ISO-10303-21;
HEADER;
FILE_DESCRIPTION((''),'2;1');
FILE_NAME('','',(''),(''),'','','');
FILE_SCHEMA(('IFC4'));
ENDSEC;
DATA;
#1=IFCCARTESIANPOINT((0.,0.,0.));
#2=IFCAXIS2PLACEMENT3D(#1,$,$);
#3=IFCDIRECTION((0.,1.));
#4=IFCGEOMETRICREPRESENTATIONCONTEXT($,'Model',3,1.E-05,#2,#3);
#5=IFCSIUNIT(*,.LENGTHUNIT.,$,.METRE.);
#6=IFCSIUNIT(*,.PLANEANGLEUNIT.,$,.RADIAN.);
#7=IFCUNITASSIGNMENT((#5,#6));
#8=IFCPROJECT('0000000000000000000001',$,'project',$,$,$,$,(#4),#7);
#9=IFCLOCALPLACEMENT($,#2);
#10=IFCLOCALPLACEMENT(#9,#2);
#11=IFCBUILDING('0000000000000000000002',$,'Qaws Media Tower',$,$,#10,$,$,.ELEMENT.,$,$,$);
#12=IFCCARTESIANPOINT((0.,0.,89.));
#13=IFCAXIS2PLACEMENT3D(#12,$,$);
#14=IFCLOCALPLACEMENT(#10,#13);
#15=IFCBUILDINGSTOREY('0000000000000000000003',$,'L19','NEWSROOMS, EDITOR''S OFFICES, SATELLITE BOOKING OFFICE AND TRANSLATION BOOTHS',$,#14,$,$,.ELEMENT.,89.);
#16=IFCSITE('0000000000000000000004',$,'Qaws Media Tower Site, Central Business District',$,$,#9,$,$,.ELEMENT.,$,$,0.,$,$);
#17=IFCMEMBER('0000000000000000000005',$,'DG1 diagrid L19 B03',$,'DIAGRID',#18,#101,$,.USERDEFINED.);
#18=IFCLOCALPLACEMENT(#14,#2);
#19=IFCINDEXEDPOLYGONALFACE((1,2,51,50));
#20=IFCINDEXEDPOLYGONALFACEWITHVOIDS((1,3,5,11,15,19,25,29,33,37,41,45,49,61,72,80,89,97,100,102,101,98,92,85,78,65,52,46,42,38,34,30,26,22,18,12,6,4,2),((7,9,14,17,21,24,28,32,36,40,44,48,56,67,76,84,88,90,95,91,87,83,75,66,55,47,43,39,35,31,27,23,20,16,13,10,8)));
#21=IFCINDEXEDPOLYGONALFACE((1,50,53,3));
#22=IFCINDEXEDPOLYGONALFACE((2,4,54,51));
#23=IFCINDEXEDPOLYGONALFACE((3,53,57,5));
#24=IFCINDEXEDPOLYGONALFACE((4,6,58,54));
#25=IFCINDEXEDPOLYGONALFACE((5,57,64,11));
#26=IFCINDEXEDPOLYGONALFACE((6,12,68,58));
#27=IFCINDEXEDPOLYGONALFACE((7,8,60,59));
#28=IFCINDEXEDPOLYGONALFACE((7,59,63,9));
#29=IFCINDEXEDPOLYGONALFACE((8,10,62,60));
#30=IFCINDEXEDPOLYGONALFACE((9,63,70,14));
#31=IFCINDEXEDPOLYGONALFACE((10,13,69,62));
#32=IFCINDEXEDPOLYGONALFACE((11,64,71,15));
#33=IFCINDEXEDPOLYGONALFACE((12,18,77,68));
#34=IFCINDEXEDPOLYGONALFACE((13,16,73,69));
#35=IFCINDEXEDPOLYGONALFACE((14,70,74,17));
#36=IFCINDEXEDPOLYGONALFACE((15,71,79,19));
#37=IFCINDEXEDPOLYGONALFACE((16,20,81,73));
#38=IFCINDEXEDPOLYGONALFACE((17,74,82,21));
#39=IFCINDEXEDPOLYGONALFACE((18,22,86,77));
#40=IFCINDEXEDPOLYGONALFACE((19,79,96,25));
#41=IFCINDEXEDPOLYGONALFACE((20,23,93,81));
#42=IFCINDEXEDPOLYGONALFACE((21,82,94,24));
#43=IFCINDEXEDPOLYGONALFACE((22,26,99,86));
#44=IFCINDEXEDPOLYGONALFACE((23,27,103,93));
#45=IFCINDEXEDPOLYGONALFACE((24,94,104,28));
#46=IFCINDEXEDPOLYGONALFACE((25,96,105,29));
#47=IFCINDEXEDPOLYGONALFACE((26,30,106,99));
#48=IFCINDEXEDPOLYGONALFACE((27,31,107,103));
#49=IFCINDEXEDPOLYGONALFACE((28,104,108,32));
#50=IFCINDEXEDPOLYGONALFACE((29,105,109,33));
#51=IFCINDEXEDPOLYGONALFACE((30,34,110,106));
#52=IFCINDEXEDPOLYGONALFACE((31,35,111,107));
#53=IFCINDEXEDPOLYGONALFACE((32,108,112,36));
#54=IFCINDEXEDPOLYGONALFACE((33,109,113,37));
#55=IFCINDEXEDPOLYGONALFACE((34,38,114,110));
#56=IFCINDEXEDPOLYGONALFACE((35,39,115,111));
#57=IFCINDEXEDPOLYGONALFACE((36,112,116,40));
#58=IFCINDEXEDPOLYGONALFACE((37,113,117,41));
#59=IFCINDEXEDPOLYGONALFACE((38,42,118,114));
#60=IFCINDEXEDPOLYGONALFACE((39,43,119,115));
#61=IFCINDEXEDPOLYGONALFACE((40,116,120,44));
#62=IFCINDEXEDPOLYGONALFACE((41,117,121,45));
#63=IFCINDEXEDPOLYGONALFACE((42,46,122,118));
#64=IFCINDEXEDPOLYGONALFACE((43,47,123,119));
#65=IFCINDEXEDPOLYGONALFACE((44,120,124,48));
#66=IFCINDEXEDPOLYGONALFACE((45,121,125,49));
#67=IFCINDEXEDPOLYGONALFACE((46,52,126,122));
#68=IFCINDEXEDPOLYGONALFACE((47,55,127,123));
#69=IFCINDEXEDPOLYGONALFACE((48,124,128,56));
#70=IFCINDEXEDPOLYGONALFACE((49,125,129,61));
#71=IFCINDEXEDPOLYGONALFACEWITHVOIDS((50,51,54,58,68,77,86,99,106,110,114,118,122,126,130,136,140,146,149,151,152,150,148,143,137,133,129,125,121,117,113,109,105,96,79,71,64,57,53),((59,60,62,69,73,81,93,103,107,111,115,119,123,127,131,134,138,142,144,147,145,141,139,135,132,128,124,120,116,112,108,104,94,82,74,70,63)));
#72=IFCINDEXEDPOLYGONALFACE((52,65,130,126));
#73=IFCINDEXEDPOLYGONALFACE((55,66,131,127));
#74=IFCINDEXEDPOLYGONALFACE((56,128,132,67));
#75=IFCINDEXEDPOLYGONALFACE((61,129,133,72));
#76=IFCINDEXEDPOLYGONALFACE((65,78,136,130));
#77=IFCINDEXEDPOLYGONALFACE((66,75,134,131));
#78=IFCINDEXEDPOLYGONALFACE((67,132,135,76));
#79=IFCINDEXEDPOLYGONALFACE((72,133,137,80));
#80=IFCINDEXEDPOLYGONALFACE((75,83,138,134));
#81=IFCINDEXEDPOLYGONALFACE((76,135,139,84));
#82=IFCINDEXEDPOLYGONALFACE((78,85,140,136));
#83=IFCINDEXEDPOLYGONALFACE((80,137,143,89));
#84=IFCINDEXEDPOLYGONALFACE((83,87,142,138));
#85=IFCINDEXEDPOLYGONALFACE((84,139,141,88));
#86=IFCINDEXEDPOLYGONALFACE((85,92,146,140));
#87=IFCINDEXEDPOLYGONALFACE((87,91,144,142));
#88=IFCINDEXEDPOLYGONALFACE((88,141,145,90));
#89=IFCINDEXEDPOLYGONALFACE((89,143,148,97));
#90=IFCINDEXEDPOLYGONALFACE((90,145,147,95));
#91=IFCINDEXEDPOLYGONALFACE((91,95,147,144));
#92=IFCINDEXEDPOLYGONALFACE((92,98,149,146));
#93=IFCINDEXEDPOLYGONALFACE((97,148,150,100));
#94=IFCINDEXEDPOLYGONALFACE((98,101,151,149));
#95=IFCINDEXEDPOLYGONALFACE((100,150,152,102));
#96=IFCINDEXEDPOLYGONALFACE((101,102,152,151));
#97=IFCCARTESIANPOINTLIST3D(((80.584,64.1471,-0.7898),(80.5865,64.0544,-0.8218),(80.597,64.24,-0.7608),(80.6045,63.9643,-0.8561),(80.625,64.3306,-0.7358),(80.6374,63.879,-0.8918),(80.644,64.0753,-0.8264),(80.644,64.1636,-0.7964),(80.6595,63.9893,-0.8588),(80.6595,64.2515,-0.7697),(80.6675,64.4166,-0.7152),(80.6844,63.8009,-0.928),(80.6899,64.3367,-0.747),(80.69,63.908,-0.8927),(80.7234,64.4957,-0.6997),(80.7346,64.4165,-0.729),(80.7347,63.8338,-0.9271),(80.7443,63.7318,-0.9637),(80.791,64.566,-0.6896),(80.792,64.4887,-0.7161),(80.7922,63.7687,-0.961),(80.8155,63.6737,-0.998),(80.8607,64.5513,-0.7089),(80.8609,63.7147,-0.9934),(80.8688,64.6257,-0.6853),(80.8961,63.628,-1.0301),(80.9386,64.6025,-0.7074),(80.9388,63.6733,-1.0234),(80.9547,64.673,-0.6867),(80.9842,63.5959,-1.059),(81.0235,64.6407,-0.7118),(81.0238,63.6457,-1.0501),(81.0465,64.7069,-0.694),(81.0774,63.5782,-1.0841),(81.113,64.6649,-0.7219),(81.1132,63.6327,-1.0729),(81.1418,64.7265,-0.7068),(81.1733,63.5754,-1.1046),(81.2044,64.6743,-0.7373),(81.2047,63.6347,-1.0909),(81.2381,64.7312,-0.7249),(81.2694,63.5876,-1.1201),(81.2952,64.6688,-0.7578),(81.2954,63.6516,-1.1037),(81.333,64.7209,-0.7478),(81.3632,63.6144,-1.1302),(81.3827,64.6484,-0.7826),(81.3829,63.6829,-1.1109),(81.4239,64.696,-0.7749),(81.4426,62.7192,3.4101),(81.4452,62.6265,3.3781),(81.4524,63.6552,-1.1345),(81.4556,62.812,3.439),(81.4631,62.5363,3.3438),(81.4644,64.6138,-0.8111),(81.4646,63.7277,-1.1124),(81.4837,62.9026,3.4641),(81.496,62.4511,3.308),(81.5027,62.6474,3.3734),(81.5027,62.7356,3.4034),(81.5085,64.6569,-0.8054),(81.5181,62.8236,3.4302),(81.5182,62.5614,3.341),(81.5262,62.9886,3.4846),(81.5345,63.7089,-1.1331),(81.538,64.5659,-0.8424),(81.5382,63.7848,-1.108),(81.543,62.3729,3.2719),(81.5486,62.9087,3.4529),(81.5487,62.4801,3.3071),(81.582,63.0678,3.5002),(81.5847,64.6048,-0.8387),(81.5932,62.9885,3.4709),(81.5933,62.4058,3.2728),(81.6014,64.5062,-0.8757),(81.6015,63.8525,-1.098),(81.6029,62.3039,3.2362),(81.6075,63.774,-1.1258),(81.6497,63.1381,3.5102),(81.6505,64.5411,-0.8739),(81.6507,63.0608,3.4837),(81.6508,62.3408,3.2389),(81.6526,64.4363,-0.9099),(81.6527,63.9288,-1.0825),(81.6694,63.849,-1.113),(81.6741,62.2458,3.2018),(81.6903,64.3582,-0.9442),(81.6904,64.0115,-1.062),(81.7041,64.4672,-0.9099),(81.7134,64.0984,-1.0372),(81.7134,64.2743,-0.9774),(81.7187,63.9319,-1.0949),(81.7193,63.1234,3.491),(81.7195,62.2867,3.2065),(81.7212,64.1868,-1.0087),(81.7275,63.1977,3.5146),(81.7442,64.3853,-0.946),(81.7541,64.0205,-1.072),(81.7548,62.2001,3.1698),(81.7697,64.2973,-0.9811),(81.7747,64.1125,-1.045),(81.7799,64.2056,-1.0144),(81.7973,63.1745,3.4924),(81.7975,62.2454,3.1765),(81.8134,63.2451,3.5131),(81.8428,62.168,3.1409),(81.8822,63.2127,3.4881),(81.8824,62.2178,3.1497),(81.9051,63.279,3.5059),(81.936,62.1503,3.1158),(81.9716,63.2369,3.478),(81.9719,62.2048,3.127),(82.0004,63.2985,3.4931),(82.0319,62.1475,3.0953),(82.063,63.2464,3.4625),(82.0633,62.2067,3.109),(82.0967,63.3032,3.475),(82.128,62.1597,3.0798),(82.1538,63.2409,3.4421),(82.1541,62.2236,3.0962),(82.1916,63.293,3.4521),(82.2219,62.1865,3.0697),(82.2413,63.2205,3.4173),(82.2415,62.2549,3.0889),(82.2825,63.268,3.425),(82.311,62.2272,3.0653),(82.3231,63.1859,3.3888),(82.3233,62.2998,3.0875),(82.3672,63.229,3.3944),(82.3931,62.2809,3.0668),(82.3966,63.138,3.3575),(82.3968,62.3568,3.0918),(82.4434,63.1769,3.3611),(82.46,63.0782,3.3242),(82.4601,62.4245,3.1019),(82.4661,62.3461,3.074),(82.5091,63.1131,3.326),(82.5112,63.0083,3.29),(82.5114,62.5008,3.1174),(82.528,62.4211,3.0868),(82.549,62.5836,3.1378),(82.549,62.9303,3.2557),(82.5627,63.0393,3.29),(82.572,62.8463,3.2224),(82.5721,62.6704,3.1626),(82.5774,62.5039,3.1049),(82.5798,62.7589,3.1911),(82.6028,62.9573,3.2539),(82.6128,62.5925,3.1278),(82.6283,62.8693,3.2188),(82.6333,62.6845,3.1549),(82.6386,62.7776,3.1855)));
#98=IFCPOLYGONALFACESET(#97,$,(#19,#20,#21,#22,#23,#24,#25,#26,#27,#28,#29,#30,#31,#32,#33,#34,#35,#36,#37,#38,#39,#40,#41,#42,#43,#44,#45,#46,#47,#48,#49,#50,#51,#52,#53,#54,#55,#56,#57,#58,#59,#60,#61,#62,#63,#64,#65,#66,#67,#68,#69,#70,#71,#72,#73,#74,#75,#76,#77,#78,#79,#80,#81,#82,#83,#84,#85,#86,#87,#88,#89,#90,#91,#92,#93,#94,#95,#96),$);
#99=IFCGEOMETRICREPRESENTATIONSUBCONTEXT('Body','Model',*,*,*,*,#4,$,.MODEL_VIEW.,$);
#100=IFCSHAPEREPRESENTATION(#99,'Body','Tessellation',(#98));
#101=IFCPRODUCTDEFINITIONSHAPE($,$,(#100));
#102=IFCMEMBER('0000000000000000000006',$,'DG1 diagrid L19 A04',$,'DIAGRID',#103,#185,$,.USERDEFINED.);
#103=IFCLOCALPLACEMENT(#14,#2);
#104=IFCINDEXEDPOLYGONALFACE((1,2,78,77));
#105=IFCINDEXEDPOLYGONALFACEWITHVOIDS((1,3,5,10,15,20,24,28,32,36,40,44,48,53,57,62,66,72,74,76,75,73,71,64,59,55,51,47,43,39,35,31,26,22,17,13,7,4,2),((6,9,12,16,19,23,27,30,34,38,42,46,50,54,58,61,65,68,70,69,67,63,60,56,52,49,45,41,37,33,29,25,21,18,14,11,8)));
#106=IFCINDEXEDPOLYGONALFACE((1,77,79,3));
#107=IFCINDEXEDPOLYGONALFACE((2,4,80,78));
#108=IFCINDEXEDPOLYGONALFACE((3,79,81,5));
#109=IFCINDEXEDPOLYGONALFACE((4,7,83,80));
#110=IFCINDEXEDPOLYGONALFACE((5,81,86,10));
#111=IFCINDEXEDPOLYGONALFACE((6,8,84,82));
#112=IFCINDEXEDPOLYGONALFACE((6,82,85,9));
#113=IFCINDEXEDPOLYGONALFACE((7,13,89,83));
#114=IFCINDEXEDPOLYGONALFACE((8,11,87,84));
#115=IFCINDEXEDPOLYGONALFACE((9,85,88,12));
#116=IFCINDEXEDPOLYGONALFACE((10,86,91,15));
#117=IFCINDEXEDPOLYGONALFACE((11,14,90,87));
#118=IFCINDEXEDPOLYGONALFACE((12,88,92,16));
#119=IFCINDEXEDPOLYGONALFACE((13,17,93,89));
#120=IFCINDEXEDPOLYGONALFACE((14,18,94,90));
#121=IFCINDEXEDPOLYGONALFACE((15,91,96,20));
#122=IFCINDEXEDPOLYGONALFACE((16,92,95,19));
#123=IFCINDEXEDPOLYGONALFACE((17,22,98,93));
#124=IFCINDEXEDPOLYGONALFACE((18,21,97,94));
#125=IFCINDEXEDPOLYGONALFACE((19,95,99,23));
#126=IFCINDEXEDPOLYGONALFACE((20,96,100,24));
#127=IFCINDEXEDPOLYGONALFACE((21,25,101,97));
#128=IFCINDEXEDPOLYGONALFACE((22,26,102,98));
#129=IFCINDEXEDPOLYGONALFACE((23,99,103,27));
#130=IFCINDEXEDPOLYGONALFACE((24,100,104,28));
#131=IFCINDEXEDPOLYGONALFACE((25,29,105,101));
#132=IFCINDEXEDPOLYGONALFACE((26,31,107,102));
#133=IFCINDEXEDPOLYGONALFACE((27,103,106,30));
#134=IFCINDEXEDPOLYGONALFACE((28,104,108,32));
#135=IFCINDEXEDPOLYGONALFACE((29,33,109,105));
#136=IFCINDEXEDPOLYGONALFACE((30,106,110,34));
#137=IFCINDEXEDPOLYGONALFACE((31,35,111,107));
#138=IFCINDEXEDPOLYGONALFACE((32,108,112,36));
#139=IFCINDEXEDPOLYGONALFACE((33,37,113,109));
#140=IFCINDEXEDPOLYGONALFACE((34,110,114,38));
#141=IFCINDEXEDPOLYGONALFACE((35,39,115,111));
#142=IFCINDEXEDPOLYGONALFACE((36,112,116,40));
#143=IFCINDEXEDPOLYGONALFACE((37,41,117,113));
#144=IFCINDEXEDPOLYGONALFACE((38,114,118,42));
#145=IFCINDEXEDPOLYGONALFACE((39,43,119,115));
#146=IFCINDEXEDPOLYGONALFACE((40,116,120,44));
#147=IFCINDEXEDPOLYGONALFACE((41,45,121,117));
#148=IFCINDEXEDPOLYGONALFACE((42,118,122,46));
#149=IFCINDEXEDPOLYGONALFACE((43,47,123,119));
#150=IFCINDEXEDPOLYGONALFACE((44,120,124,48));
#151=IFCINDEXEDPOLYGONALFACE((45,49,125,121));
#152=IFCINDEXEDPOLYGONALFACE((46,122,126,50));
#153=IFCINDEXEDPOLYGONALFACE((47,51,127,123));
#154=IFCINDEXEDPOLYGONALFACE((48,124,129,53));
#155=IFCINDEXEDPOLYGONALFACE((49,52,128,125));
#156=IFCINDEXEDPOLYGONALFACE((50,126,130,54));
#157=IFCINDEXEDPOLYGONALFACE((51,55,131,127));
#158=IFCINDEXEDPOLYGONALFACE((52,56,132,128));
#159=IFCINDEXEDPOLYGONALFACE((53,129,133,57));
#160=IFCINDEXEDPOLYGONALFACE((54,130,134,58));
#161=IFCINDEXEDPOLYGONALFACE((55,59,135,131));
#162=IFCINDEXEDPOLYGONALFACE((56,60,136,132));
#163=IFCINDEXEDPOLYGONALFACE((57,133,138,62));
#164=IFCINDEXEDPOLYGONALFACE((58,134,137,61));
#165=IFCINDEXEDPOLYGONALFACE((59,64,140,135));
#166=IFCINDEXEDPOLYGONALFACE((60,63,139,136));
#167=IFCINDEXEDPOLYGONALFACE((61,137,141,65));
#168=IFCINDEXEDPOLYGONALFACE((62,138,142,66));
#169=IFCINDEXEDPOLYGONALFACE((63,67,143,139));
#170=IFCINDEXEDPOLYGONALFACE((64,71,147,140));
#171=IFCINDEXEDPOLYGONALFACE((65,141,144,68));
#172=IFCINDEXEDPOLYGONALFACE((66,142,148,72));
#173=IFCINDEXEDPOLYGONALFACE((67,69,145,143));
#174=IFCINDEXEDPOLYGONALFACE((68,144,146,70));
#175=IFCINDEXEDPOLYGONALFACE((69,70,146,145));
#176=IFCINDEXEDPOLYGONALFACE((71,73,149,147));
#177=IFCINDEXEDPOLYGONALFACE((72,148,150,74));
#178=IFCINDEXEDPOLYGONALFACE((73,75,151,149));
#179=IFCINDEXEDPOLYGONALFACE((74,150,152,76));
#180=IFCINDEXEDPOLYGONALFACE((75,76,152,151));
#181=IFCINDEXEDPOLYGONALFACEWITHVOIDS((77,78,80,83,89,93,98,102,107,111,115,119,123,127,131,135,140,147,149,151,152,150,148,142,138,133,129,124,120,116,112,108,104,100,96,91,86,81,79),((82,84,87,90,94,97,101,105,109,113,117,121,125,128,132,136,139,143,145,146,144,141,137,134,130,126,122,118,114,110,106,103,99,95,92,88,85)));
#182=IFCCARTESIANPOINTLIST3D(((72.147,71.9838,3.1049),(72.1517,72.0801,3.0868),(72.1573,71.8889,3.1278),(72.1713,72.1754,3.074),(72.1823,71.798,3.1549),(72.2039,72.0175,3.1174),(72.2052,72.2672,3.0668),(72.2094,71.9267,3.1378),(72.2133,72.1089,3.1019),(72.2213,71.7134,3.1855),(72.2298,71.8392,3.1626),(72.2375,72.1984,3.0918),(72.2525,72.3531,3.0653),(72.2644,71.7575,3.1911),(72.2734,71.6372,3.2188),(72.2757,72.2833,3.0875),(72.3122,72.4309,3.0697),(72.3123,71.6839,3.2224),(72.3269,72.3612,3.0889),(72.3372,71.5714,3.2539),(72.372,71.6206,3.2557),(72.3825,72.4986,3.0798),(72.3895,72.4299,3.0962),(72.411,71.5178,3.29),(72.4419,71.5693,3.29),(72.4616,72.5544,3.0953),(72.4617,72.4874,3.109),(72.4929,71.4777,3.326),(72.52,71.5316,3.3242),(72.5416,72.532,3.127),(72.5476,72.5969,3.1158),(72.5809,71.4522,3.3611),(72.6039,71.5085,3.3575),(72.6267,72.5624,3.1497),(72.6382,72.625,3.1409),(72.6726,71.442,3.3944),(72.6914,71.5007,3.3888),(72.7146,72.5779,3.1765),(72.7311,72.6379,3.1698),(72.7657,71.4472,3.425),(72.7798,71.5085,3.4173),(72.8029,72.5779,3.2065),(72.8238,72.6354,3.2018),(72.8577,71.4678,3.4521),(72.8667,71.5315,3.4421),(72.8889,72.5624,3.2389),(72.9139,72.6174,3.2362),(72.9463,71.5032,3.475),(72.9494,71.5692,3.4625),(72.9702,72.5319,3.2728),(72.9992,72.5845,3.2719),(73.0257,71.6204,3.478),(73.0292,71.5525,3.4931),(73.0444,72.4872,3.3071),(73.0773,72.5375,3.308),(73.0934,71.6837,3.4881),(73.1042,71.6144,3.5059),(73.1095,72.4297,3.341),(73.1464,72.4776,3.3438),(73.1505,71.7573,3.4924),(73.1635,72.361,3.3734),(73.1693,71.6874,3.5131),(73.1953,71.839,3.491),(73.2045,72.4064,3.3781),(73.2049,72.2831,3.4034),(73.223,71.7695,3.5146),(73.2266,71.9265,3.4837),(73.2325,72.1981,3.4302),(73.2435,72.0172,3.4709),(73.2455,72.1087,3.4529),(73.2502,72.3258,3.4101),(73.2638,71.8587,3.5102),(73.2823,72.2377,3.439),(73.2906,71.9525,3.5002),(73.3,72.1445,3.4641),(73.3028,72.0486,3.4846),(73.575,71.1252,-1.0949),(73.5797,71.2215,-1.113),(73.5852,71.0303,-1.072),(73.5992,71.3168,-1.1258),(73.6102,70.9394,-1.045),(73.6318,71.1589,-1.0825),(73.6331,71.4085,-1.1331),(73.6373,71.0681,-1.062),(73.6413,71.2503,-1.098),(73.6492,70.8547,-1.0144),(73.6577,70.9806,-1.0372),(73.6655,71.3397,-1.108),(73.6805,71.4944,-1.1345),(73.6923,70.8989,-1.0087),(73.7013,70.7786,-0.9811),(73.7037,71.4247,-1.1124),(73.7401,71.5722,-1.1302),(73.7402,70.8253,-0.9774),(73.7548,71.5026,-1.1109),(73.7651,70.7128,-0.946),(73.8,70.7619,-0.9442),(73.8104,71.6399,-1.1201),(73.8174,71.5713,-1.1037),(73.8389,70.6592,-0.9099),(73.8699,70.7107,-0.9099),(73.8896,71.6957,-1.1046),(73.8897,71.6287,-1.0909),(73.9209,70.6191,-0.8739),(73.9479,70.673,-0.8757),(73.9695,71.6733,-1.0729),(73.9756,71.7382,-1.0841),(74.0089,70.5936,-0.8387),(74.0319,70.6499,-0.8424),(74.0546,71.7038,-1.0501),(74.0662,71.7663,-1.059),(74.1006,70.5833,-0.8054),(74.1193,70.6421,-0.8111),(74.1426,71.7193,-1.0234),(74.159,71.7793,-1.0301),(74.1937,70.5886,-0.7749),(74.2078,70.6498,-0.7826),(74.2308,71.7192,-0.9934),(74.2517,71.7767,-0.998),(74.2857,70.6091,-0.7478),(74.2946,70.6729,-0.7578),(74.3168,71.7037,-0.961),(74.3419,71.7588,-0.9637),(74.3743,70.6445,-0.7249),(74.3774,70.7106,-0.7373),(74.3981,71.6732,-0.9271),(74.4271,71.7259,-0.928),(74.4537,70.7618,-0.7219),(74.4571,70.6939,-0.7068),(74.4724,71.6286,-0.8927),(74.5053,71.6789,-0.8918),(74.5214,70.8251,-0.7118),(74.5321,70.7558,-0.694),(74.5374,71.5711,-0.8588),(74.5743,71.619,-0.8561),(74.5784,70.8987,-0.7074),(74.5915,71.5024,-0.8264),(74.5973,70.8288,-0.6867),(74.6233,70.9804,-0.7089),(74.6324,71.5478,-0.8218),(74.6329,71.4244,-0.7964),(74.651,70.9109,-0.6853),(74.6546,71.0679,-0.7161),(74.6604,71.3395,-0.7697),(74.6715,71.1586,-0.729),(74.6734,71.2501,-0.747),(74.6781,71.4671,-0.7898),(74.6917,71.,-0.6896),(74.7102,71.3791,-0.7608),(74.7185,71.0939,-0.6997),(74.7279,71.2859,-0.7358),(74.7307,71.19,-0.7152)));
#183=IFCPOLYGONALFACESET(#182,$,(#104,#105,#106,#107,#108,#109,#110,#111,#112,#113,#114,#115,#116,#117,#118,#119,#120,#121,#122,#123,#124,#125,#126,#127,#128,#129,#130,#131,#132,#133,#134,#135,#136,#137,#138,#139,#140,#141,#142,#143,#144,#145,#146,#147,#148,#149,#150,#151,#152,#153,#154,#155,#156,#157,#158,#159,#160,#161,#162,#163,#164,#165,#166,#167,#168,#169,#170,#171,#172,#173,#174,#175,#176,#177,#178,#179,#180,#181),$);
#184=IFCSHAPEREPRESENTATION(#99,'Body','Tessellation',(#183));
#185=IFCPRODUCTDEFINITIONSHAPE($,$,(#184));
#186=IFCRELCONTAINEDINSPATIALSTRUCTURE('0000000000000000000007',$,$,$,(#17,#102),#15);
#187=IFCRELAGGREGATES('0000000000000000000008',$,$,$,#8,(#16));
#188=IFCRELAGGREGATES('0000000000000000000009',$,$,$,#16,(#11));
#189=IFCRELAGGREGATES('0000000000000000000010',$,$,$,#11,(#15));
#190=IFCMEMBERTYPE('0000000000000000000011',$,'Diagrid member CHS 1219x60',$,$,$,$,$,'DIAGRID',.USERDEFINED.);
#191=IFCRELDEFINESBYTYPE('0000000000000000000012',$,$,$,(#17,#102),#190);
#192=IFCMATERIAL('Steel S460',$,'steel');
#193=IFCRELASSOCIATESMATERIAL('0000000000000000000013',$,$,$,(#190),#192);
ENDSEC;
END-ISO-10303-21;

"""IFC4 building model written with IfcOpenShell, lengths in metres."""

from ifc_helpers import new_model, si_unit, direction, frame, origin, origin_2d, place, context, subcontext, project, spatial, hollow_circle, extrude, material, material_profile, profile_set, type_object, element, save


model = new_model("IFC4")

# Units and contexts
model_context = context("Model", 3, precision=1e-05, world=origin(), true_north=direction((0.0, 1.0)))
body_context = subcontext(model_context, "Body", "Model", "MODEL_VIEW")
ifc_project = project(units=[si_unit("LENGTHUNIT", "METRE"), si_unit("PLANEANGLEUNIT", "RADIAN")], contexts=[model_context])

# Site, building, storey
site_placement = place(None, origin())
site = spatial("IfcSite", under=ifc_project, at=site_placement, Name="Qaws Media Tower Site, Central Business District", CompositionType="ELEMENT", RefElevation=0.0)
building_placement = place(site_placement, origin())
building = spatial("IfcBuilding", under=site, at=building_placement, Name="Qaws Media Tower", CompositionType="ELEMENT")
storey_placement = place(building_placement, frame((0.0, 0.0, 89.0)))
storey = spatial("IfcBuildingStorey", under=building, at=storey_placement, Name="L19", Description="NEWSROOMS, EDITOR'S OFFICES, SATELLITE BOOKING OFFICE AND TRANSLATION BOOTHS", CompositionType="ELEMENT", Elevation=89.0)

# Members
ifc_material_1 = material(Name="Steel S460", Category="steel")
ifc_material_profile_1 = material_profile(ifc_material_1, hollow_circle(Radius=0.6096, WallThickness=0.0601, at=origin_2d()), Name="CHS 1219x60")
ifc_profile_set_1 = profile_set([ifc_material_profile_1], Name="Steel S460")
member_type_1 = type_object("IfcMemberType", Name="Diagrid member CHS 1219x60", ElementType="DIAGRID", PredefinedType="USERDEFINED", material=ifc_profile_set_1)
for number, where, z_axis, x_axis, name in (
    (1, (81.1816, 64.1531, -0.9099), (0.190032, -0.316036, 0.929521), (0.857001, 0.515314, 0.0), "DG1 diagrid L19 B03"),
    (2, (74.1531, 71.1816, -0.9099), (-0.316036, 0.190032, 0.929521), (-0.515314, -0.857001, 0.0), "DG1 diagrid L19 A04"),
):
    element("IfcMember", number, at=place(storey_placement, frame(where, z_axis=z_axis, x_axis=x_axis)), inside=storey, type_object=member_type_1, Name=name, ObjectType="DIAGRID", PredefinedType="USERDEFINED", context=body_context, shape_type="SweptSolid", body=[
        extrude(hollow_circle(Radius=0.6096, WallThickness=0.0601, at=origin_2d()), origin(), (0.0, 0.0, 1.0), 4.5183),
    ])

save(model, "model.ifc")
